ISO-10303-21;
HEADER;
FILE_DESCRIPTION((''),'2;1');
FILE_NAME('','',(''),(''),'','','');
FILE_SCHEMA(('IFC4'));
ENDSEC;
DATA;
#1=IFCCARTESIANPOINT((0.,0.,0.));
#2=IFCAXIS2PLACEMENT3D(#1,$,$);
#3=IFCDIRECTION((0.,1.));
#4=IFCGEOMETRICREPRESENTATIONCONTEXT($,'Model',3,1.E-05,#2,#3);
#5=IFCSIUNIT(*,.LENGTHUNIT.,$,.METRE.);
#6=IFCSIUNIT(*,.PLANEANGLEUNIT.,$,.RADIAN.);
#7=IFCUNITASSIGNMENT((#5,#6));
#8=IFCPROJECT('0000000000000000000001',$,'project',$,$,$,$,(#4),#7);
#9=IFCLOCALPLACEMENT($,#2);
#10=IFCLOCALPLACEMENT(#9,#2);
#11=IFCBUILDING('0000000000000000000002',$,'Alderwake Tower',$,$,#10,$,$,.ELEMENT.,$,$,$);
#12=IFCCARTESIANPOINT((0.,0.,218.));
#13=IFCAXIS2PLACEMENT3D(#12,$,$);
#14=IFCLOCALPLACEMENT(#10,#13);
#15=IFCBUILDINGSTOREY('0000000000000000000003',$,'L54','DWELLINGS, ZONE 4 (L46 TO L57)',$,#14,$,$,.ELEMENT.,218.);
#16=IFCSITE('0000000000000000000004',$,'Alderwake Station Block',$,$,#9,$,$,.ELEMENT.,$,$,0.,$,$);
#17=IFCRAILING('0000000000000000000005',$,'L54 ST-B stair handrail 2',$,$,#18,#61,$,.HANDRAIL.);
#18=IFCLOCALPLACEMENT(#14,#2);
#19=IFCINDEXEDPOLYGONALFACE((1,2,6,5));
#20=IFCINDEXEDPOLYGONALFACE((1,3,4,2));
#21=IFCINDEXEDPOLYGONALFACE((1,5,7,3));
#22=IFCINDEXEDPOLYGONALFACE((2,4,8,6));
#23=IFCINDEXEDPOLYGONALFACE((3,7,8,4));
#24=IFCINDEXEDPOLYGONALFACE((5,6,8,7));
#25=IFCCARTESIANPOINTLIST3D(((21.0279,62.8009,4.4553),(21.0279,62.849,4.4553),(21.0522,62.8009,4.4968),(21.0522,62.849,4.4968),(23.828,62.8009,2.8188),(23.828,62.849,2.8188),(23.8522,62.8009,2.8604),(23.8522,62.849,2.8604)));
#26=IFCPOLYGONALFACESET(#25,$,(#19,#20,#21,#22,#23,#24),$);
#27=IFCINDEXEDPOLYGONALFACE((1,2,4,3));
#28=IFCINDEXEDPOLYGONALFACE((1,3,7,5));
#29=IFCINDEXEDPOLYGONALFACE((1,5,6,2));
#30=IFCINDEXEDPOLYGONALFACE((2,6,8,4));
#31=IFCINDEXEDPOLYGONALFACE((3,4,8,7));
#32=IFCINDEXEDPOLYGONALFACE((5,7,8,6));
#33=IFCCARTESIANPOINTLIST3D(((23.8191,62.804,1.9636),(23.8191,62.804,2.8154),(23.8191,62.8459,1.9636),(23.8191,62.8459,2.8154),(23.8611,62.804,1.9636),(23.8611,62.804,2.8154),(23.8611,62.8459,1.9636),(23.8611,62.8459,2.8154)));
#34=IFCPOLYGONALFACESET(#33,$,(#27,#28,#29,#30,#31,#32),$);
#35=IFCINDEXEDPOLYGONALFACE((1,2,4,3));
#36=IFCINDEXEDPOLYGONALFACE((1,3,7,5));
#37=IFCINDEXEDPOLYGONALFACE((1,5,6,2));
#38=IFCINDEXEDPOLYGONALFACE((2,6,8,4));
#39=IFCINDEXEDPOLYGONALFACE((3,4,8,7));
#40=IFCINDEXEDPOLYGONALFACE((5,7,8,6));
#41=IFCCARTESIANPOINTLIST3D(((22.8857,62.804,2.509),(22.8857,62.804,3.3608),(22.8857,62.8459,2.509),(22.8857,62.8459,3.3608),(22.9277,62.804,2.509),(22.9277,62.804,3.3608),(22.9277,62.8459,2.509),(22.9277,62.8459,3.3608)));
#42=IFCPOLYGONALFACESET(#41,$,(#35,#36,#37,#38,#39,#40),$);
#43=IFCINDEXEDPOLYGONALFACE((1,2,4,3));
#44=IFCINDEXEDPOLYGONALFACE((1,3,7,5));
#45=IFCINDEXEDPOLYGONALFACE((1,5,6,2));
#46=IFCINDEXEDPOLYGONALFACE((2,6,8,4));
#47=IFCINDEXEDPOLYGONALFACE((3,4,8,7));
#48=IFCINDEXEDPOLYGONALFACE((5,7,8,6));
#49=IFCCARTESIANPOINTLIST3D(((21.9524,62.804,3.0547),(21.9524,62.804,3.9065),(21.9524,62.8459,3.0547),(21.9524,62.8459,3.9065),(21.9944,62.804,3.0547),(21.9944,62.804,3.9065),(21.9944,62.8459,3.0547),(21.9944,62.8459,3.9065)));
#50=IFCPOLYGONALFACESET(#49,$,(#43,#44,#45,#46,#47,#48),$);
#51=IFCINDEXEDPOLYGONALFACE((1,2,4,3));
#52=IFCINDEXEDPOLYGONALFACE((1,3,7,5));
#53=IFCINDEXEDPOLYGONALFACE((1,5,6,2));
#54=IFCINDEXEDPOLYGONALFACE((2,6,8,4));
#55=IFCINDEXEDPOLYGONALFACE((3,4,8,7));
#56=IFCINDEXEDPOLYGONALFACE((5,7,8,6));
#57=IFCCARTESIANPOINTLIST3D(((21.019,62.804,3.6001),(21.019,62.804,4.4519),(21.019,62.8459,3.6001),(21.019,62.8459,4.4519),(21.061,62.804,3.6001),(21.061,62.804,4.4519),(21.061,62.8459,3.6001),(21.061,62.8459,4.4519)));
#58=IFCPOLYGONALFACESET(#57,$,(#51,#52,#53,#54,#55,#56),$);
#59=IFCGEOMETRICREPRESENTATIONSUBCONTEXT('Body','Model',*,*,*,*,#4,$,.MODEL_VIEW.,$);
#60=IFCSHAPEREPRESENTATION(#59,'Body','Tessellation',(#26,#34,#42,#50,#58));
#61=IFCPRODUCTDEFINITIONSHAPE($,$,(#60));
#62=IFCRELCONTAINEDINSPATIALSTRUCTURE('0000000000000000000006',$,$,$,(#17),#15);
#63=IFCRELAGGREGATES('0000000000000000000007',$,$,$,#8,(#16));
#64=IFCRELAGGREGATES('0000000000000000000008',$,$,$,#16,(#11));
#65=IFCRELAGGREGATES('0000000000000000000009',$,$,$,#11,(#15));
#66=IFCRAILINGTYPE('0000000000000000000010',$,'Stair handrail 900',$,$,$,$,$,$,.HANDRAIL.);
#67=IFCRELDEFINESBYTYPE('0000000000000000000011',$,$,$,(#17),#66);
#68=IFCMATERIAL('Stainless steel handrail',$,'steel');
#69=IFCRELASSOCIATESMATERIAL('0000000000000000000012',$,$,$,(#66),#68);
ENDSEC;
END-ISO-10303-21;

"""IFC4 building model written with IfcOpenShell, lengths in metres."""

from ifc_helpers import new_model, si_unit, direction, frame, origin, origin_2d, place, context, subcontext, project, spatial, rectangle, extrude, material, type_object, element, save


model = new_model("IFC4")

# Units and contexts
model_context = context("Model", 3, precision=1e-05, world=origin(), true_north=direction((0.0, 1.0)))
body_context = subcontext(model_context, "Body", "Model", "MODEL_VIEW")
ifc_project = project(units=[si_unit("LENGTHUNIT", "METRE"), si_unit("PLANEANGLEUNIT", "RADIAN")], contexts=[model_context])

# Site, building, storey
site_placement = place(None, origin())
site = spatial("IfcSite", under=ifc_project, at=site_placement, Name="Alderwake Station Block", CompositionType="ELEMENT", RefElevation=0.0)
building_placement = place(site_placement, origin())
building = spatial("IfcBuilding", under=site, at=building_placement, Name="Alderwake Tower", CompositionType="ELEMENT")
storey_placement = place(building_placement, frame((0.0, 0.0, 218.0)))
storey = spatial("IfcBuildingStorey", under=building, at=storey_placement, Name="L54", Description="DWELLINGS, ZONE 4 (L46 TO L57)", CompositionType="ELEMENT", Elevation=218.0)

# Railing
ifc_material_1 = material(Name="Stainless steel handrail", Category="steel")
railing_type = type_object("IfcRailingType", Name="Stair handrail 900", PredefinedType="HANDRAIL", material=ifc_material_1)
railing_placement = place(storey_placement, frame((23.8401, 62.825, 1.9636)))
element("IfcRailing", 1, at=railing_placement, inside=storey, type_object=railing_type, Name="L54 ST-B stair handrail 2", PredefinedType="HANDRAIL", context=body_context, shape_type="SweptSolid", body=[
    extrude(rectangle(XDim=0.0481, YDim=0.0481, at=origin_2d()), frame((0.0, 0.0, 0.876), z_axis=(-0.863361, 0.0, 0.504587), x_axis=(0.0, -1.0, 0.0)), (0.0, 0.0, 1.0), 3.2432),
    extrude(rectangle(XDim=0.042, YDim=0.042, at=origin_2d()), frame((0.0, 0.0, 0.0), z_axis=(0.0, 0.0, 1.0), x_axis=(-1.0, 0.0, 0.0)), (0.0, 0.0, 1.0), 0.8518),
    extrude(rectangle(XDim=0.042, YDim=0.042, at=origin_2d()), frame((-0.9333, 0.0, 0.5454), z_axis=(0.0, 0.0, 1.0), x_axis=(-1.0, 0.0, 0.0)), (0.0, 0.0, 1.0), 0.8518),
    extrude(rectangle(XDim=0.042, YDim=0.042, at=origin_2d()), frame((-1.8667, 0.0, 1.0911), z_axis=(0.0, 0.0, 1.0), x_axis=(-1.0, 0.0, 0.0)), (0.0, 0.0, 1.0), 0.8518),
    extrude(rectangle(XDim=0.042, YDim=0.042, at=origin_2d()), frame((-2.8, 0.0, 1.6365), z_axis=(0.0, 0.0, 1.0), x_axis=(-1.0, 0.0, 0.0)), (0.0, 0.0, 1.0), 0.8518),
])

save(model, "model.ifc")
